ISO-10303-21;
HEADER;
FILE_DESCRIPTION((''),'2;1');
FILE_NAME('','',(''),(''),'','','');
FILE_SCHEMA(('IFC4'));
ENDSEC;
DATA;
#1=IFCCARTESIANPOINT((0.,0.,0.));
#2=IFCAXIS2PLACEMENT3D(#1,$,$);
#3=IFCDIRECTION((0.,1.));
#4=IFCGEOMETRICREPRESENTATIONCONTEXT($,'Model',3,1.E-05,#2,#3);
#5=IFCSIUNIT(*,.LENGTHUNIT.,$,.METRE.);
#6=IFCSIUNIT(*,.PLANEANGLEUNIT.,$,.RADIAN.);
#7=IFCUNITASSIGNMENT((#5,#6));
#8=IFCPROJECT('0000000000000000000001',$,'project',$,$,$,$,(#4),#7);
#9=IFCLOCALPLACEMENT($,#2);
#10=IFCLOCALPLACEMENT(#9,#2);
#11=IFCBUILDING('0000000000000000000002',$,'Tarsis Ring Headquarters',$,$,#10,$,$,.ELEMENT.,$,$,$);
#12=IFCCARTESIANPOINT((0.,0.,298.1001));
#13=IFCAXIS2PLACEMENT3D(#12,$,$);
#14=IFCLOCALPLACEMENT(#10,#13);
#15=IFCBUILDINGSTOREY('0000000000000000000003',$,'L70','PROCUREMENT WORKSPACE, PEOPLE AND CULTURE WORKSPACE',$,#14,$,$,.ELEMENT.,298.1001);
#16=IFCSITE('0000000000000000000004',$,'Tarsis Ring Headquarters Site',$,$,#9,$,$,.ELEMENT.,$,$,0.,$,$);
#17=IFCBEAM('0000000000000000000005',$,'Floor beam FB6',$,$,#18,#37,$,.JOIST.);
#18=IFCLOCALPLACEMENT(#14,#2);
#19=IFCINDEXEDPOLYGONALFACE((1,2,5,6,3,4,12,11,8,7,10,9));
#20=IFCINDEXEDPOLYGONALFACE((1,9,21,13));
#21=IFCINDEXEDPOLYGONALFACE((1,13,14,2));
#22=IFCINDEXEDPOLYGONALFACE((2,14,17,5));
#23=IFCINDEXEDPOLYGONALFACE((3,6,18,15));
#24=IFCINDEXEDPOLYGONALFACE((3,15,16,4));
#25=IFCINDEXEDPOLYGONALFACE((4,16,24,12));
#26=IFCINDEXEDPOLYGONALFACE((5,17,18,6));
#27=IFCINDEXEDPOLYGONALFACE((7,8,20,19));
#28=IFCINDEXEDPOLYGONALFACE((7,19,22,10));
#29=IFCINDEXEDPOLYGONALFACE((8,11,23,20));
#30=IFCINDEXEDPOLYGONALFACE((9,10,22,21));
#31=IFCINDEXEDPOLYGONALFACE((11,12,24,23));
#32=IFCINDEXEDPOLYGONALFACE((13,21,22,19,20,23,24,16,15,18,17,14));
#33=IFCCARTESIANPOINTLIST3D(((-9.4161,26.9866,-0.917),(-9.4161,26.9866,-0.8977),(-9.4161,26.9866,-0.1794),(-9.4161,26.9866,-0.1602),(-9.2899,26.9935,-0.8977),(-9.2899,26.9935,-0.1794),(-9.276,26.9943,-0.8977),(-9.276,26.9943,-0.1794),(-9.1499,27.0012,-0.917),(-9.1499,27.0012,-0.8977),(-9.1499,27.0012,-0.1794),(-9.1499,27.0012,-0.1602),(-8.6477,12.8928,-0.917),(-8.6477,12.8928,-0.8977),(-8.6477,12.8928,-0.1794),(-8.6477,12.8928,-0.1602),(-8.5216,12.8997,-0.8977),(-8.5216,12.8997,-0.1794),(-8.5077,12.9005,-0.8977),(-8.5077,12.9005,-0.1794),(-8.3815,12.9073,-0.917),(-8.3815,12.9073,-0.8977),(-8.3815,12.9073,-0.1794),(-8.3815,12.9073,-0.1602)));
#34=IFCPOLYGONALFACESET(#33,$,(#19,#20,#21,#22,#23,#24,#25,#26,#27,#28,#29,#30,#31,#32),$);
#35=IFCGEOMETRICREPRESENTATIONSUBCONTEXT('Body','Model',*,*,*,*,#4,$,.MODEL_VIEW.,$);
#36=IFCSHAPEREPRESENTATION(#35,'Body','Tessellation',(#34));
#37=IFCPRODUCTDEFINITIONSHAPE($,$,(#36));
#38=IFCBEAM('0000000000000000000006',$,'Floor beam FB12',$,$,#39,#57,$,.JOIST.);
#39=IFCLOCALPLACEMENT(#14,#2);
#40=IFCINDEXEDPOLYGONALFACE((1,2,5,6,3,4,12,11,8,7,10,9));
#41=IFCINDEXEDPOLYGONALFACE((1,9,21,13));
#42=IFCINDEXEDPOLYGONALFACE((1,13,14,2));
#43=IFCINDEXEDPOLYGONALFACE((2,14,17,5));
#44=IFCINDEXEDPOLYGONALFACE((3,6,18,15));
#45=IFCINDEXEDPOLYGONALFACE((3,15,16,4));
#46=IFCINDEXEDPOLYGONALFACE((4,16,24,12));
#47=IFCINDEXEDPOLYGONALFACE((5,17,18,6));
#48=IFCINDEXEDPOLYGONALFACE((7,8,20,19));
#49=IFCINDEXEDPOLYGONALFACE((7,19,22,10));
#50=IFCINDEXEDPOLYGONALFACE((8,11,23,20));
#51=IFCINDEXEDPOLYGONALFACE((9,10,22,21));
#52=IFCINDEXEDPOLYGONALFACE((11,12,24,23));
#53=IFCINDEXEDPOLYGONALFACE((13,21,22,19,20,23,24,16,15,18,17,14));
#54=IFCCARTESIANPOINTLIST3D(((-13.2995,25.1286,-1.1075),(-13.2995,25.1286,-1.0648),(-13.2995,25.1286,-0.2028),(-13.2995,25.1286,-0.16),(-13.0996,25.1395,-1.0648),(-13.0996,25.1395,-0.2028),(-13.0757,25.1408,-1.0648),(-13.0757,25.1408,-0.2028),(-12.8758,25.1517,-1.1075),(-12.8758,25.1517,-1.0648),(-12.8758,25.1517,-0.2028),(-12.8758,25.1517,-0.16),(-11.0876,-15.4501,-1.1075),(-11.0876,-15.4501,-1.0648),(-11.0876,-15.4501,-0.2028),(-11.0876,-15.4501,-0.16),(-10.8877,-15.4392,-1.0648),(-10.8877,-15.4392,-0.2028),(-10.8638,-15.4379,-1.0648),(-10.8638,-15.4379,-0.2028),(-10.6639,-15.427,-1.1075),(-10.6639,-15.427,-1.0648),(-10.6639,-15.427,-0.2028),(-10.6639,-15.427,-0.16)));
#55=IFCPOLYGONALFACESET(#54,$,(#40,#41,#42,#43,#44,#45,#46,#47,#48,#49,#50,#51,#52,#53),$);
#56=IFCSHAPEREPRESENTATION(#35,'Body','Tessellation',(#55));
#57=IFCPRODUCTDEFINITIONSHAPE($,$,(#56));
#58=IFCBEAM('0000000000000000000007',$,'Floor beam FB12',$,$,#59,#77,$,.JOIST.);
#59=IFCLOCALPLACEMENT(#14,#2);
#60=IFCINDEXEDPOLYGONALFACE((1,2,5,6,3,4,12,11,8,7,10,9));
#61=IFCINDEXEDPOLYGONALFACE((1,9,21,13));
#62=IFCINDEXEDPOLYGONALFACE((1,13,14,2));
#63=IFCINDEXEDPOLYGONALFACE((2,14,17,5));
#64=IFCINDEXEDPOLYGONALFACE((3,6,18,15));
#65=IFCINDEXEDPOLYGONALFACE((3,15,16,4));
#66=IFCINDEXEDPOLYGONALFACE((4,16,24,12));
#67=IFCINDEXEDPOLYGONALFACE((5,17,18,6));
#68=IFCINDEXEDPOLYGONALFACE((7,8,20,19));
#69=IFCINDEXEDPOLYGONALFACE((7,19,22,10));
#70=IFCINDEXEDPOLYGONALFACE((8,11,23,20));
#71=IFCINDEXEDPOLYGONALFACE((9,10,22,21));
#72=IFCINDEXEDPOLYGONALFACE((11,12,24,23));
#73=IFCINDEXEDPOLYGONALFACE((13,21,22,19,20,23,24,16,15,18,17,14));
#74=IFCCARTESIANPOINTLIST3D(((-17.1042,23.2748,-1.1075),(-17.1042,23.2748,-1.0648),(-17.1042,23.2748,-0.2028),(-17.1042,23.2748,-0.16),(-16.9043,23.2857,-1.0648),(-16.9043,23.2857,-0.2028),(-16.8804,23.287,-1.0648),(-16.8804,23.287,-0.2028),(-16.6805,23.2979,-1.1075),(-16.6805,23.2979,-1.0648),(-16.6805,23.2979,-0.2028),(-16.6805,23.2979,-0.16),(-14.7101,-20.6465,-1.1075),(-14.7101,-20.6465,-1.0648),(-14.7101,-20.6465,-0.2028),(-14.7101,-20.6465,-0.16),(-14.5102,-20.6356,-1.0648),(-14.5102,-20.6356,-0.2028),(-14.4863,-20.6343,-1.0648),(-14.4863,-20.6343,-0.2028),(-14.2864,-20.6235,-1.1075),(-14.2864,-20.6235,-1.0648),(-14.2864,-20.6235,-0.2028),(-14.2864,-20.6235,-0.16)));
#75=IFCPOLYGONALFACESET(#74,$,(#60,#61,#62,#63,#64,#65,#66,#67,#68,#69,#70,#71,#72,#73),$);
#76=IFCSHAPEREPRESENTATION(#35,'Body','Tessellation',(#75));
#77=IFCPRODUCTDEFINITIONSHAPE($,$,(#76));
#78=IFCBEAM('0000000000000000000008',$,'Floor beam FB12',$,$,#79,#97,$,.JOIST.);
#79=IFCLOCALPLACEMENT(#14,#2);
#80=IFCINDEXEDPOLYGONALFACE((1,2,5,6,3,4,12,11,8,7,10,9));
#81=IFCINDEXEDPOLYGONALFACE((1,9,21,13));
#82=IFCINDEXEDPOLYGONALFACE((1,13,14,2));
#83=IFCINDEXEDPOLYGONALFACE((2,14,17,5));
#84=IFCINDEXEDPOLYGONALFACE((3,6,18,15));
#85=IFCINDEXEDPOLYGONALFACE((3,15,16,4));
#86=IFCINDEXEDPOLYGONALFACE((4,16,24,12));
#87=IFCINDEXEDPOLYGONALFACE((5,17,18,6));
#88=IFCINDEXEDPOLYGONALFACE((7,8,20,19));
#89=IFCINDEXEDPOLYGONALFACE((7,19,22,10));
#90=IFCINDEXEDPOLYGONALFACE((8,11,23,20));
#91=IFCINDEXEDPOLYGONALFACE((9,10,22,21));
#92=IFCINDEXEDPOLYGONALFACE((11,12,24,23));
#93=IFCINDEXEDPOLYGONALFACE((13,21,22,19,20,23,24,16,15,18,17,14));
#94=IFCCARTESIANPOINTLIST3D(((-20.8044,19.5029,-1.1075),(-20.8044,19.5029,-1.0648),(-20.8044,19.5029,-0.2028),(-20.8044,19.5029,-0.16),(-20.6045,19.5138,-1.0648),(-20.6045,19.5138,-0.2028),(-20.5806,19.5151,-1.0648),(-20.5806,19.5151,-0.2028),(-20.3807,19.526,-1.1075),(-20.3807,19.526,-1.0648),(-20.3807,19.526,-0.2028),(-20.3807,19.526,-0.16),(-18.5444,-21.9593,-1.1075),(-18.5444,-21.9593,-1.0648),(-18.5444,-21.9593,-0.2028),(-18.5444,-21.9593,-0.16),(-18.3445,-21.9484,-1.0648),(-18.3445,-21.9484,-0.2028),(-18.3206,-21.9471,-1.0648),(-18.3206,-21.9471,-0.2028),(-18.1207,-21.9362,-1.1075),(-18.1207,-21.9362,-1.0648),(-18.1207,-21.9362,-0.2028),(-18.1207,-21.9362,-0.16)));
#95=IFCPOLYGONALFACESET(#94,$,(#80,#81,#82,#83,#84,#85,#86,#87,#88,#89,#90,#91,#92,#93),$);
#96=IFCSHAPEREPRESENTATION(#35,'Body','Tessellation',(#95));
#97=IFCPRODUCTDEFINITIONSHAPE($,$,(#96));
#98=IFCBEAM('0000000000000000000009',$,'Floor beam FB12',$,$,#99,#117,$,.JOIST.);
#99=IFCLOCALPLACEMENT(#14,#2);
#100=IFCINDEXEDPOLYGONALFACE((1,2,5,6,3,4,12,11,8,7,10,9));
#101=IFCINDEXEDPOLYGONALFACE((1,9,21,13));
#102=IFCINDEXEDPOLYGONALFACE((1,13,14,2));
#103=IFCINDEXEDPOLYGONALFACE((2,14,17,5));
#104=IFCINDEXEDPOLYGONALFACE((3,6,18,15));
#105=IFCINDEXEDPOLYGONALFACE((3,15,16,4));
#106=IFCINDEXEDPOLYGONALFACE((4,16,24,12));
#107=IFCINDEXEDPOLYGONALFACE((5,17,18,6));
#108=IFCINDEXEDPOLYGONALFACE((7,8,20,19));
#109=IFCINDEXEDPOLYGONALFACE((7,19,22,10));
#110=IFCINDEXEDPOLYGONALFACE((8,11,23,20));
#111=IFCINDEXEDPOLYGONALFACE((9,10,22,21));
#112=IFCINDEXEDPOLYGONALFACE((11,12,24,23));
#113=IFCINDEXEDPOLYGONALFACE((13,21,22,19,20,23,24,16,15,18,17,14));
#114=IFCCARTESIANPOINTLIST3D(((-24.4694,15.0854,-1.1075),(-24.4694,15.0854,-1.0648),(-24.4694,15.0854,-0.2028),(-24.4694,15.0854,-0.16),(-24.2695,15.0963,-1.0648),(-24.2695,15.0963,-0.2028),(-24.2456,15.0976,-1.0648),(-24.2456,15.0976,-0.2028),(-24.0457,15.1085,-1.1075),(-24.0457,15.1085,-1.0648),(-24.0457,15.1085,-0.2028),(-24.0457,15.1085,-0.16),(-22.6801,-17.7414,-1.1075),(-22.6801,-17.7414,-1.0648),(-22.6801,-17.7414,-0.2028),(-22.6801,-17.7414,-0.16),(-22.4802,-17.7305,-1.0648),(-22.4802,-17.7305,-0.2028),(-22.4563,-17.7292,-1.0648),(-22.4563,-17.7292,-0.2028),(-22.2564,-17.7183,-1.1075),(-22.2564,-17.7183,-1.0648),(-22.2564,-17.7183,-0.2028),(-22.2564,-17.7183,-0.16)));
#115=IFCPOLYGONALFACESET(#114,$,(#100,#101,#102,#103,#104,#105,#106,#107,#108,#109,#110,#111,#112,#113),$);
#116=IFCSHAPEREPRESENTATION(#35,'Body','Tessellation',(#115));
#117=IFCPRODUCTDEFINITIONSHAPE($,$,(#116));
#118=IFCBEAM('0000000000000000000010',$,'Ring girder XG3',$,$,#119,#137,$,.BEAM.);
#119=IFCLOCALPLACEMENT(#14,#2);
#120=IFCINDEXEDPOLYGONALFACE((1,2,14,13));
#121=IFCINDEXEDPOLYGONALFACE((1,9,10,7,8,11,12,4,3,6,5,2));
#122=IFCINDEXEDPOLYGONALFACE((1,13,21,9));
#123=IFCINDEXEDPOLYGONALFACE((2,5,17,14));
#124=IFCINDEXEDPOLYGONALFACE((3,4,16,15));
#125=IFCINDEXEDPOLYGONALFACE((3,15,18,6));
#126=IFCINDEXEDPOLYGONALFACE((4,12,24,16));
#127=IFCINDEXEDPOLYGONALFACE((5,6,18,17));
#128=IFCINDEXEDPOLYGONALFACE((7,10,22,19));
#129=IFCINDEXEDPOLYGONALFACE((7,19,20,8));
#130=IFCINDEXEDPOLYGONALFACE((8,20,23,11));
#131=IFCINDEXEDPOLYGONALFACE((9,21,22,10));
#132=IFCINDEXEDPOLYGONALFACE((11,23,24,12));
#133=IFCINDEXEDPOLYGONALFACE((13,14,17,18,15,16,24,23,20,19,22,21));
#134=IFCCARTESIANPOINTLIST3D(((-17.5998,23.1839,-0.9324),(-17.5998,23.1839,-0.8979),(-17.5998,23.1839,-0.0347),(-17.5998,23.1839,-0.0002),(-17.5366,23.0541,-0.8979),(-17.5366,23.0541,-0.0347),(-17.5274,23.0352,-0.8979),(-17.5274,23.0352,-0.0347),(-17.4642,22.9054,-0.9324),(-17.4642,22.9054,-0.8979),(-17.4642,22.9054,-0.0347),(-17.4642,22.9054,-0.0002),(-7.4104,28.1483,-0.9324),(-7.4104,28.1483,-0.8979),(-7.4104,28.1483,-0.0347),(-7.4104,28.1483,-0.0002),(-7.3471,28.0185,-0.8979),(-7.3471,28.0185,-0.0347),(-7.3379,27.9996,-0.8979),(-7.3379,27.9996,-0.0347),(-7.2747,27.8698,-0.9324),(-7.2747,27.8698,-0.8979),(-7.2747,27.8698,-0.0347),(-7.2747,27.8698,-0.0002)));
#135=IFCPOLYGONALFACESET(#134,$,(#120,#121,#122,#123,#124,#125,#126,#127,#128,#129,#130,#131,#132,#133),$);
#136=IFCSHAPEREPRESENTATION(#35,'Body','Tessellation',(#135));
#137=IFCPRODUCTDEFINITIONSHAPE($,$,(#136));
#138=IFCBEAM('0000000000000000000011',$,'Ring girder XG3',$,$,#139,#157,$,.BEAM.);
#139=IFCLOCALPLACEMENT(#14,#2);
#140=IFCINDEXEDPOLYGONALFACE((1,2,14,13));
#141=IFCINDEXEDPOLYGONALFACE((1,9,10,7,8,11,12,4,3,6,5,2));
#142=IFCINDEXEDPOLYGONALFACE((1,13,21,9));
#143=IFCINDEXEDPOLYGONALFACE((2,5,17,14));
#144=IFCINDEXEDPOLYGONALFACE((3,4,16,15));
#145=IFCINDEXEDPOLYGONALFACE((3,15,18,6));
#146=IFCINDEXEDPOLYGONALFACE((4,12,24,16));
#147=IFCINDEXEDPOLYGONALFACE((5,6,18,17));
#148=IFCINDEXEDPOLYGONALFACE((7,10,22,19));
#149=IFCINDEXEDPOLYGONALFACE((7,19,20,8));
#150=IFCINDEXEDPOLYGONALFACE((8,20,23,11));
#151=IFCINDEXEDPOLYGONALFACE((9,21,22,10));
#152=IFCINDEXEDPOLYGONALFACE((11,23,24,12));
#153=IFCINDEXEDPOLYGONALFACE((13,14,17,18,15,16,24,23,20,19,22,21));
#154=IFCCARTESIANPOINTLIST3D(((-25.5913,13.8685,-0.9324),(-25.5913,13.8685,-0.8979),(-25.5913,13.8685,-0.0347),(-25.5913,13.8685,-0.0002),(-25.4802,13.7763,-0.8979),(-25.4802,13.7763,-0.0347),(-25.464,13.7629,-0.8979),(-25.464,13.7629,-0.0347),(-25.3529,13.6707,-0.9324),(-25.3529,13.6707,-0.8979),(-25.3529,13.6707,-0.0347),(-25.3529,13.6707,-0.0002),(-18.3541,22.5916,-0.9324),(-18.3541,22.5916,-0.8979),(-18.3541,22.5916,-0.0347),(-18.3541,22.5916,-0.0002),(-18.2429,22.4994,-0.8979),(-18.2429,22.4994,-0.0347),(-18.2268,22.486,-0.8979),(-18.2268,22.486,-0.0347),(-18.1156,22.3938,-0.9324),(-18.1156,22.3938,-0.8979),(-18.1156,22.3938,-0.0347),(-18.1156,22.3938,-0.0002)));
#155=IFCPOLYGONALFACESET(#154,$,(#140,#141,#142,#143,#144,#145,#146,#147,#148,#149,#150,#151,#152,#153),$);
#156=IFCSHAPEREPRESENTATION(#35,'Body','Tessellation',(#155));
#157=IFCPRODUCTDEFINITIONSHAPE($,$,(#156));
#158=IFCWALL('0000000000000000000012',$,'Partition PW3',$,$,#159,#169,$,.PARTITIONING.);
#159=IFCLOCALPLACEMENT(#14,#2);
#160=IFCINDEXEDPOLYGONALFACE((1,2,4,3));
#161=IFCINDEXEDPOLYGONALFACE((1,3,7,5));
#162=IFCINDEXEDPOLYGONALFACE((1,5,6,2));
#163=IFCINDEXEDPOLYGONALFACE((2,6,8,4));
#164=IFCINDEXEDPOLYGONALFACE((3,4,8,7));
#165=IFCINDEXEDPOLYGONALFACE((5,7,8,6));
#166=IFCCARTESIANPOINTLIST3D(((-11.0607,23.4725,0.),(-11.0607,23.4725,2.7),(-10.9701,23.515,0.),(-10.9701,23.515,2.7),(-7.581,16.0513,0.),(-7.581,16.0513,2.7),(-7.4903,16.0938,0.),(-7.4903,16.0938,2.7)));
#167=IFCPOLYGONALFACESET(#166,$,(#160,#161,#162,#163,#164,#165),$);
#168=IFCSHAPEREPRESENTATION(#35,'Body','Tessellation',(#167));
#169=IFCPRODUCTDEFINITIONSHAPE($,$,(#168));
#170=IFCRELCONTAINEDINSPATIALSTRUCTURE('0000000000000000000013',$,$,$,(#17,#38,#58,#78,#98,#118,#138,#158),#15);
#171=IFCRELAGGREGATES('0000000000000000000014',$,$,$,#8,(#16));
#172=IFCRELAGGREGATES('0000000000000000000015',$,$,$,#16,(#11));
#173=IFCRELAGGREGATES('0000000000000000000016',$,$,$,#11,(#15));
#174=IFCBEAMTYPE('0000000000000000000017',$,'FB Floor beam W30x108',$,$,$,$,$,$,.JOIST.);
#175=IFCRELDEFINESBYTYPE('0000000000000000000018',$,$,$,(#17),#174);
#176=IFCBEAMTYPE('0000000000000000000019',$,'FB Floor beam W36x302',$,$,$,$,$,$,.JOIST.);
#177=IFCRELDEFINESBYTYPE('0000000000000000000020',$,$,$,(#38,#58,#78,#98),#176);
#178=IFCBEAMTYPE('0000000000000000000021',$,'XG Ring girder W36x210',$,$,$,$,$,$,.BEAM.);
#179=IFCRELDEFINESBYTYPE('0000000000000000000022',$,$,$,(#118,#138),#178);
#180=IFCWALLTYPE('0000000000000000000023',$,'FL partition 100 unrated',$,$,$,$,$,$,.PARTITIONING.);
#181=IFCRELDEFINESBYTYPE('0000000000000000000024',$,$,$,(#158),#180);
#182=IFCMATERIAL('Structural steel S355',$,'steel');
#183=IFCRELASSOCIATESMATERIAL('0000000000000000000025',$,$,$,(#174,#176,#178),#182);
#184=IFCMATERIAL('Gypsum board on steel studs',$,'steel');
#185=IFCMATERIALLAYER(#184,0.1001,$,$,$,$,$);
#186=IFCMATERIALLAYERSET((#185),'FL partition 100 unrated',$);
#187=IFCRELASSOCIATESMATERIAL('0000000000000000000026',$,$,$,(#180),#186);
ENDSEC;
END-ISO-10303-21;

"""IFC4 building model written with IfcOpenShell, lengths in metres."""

from ifc_helpers import new_model, si_unit, direction, frame, frame_2d, origin, origin_2d, place, context, subcontext, project, spatial, rectangle, i_section, extrude, material, layer, layer_set, material_profile, profile_set, type_object, element, save


model = new_model("IFC4")

# Units and contexts
model_context = context("Model", 3, precision=1e-05, world=origin(), true_north=direction((0.0, 1.0)))
body_context = subcontext(model_context, "Body", "Model", "MODEL_VIEW")
ifc_project = project(units=[si_unit("LENGTHUNIT", "METRE"), si_unit("PLANEANGLEUNIT", "RADIAN")], contexts=[model_context])

# Site, building, storey
site_placement = place(None, origin())
site = spatial("IfcSite", under=ifc_project, at=site_placement, Name="Tarsis Ring Headquarters Site", CompositionType="ELEMENT", RefElevation=0.0)
building_placement = place(site_placement, origin())
building = spatial("IfcBuilding", under=site, at=building_placement, Name="Tarsis Ring Headquarters", CompositionType="ELEMENT")
storey_placement = place(building_placement, frame((0.0, 0.0, 298.1001)))
storey = spatial("IfcBuildingStorey", under=building, at=storey_placement, Name="L70", Description="PROCUREMENT WORKSPACE, PEOPLE AND CULTURE WORKSPACE", CompositionType="ELEMENT", Elevation=298.1001)

# Shared definitions
ifc_material_1 = material(Name="Structural steel S355", Category="steel")

# Beams
ifc_material_profile_1 = material_profile(ifc_material_1, i_section(OverallWidth=0.2666, OverallDepth=0.7568, WebThickness=0.0139, FlangeThickness=0.0193, at=origin_2d()), Name="W30x108")
ifc_profile_set_1 = profile_set([ifc_material_profile_1], Name="Structural steel S355")
beam_type_1 = type_object("IfcBeamType", Name="FB Floor beam W30x108", PredefinedType="JOIST", material=ifc_profile_set_1)
beam_1_placement = place(storey_placement, frame((-9.283, 26.9939, -0.5386), z_axis=(0.054433, -0.998517, 0.0), x_axis=(0.998517, 0.054433, 0.0)))
element("IfcBeam", 1, at=beam_1_placement, inside=storey, type_object=beam_type_1, Name="Floor beam FB6", PredefinedType="JOIST", context=body_context, shape_type="SweptSolid", body=[
    extrude(i_section(OverallWidth=0.2666, OverallDepth=0.7568, WebThickness=0.0139, FlangeThickness=0.0193, at=origin_2d()), origin(), (0.0, 0.0, 1.0), 14.1147),
])
ifc_material_profile_2 = material_profile(ifc_material_1, i_section(OverallWidth=0.4243, OverallDepth=0.9475, WebThickness=0.0239, FlangeThickness=0.0427, at=origin_2d()), Name="W36x302")
ifc_profile_set_2 = profile_set([ifc_material_profile_2], Name="Structural steel S355")
beam_type_2 = type_object("IfcBeamType", Name="FB Floor beam W36x302", PredefinedType="JOIST", material=ifc_profile_set_2)
beam_2_placement = place(storey_placement, frame((-13.0876, 25.1401, -0.6338), z_axis=(0.054429, -0.998518, 0.0), x_axis=(0.998518, 0.054429, 0.0)))
element("IfcBeam", 2, at=beam_2_placement, inside=storey, type_object=beam_type_2, Name="Floor beam FB12", PredefinedType="JOIST", context=body_context, shape_type="SweptSolid", body=[
    extrude(i_section(OverallWidth=0.4243, OverallDepth=0.9475, WebThickness=0.0239, FlangeThickness=0.0427, at=origin_2d()), origin(), (0.0, 0.0, 1.0), 40.6389),
])
beam_3_placement = place(storey_placement, frame((-16.8923, 23.2864, -0.6338), z_axis=(0.054427, -0.998518, 0.0), x_axis=(0.998518, 0.054427, 0.0)))
element("IfcBeam", 3, at=beam_3_placement, inside=storey, type_object=beam_type_2, Name="Floor beam FB12", PredefinedType="JOIST", context=body_context, shape_type="SweptSolid", body=[
    extrude(i_section(OverallWidth=0.4243, OverallDepth=0.9475, WebThickness=0.0239, FlangeThickness=0.0427, at=origin_2d()), origin(), (0.0, 0.0, 1.0), 43.9866),
])
beam_4_placement = place(storey_placement, frame((-20.5925, 19.5144, -0.6338), z_axis=(0.054427, -0.998518, 0.0), x_axis=(0.998518, 0.054427, 0.0)))
element("IfcBeam", 4, at=beam_4_placement, inside=storey, type_object=beam_type_2, Name="Floor beam FB12", PredefinedType="JOIST", context=body_context, shape_type="SweptSolid", body=[
    extrude(i_section(OverallWidth=0.4243, OverallDepth=0.9475, WebThickness=0.0239, FlangeThickness=0.0427, at=origin_2d()), origin(), (0.0, 0.0, 1.0), 41.5237),
])
beam_5_placement = place(storey_placement, frame((-24.2576, 15.0969, -0.6338), z_axis=(0.054427, -0.998518, 0.0), x_axis=(0.998518, 0.054427, 0.0)))
element("IfcBeam", 5, at=beam_5_placement, inside=storey, type_object=beam_type_2, Name="Floor beam FB12", PredefinedType="JOIST", context=body_context, shape_type="SweptSolid", body=[
    extrude(i_section(OverallWidth=0.4243, OverallDepth=0.9475, WebThickness=0.0239, FlangeThickness=0.0427, at=origin_2d()), origin(), (0.0, 0.0, 1.0), 32.8755),
])
ifc_material_profile_3 = material_profile(ifc_material_1, i_section(OverallWidth=0.3098, OverallDepth=0.9321, WebThickness=0.021, FlangeThickness=0.0344, at=origin_2d()), Name="W36x210")
ifc_profile_set_3 = profile_set([ifc_material_profile_3], Name="Structural steel S355")
beam_type_3 = type_object("IfcBeamType", Name="XG Ring girder W36x210", PredefinedType="BEAM", material=ifc_profile_set_3)
for number, where, z_axis, x_axis, name in (
    (6, (-7.3425, 28.009, -0.4663), (-0.898981, -0.437988, 0.0), (0.437988, -0.898981, 0.0), "Ring girder XG3"),
    (7, (-18.2349, 22.4927, -0.4663), (-0.638518, -0.769607, 0.0), (0.769607, -0.638518, 0.0), "Ring girder XG3"),
):
    element("IfcBeam", number, at=place(storey_placement, frame(where, z_axis=z_axis, x_axis=x_axis)), inside=storey, type_object=beam_type_3, Name=name, PredefinedType="BEAM", context=body_context, shape_type="SweptSolid", body=[
        extrude(i_section(OverallWidth=0.3098, OverallDepth=0.9321, WebThickness=0.021, FlangeThickness=0.0344, at=origin_2d()), origin(), (0.0, 0.0, 1.0), 11.3345),
    ])

# Wall
ifc_material_2 = material(Name="Gypsum board on steel studs", Category="steel")
ifc_layer_1 = layer(ifc_material_2, 0.1001)
ifc_layer_set_1 = layer_set([ifc_layer_1], Name="FL partition 100 unrated")
wall_type_1 = type_object("IfcWallType", Name="FL partition 100 unrated", PredefinedType="PARTITIONING", material=ifc_layer_set_1)
wall_1_placement = place(storey_placement, frame((-11.0154, 23.4937, 0.0), z_axis=(0.0, 0.0, 1.0), x_axis=(0.424541, -0.905408, 0.0)))
element("IfcWall", 8, at=wall_1_placement, inside=storey, type_object=wall_type_1, Name="Partition PW3", PredefinedType="PARTITIONING", context=body_context, shape_type="SweptSolid", body=[
    extrude(rectangle(XDim=8.1965, YDim=0.1001, at=frame_2d((4.0981, 0.0))), origin(), (0.0, 0.0, 1.0), 2.7),
])

save(model, "model.ifc")
